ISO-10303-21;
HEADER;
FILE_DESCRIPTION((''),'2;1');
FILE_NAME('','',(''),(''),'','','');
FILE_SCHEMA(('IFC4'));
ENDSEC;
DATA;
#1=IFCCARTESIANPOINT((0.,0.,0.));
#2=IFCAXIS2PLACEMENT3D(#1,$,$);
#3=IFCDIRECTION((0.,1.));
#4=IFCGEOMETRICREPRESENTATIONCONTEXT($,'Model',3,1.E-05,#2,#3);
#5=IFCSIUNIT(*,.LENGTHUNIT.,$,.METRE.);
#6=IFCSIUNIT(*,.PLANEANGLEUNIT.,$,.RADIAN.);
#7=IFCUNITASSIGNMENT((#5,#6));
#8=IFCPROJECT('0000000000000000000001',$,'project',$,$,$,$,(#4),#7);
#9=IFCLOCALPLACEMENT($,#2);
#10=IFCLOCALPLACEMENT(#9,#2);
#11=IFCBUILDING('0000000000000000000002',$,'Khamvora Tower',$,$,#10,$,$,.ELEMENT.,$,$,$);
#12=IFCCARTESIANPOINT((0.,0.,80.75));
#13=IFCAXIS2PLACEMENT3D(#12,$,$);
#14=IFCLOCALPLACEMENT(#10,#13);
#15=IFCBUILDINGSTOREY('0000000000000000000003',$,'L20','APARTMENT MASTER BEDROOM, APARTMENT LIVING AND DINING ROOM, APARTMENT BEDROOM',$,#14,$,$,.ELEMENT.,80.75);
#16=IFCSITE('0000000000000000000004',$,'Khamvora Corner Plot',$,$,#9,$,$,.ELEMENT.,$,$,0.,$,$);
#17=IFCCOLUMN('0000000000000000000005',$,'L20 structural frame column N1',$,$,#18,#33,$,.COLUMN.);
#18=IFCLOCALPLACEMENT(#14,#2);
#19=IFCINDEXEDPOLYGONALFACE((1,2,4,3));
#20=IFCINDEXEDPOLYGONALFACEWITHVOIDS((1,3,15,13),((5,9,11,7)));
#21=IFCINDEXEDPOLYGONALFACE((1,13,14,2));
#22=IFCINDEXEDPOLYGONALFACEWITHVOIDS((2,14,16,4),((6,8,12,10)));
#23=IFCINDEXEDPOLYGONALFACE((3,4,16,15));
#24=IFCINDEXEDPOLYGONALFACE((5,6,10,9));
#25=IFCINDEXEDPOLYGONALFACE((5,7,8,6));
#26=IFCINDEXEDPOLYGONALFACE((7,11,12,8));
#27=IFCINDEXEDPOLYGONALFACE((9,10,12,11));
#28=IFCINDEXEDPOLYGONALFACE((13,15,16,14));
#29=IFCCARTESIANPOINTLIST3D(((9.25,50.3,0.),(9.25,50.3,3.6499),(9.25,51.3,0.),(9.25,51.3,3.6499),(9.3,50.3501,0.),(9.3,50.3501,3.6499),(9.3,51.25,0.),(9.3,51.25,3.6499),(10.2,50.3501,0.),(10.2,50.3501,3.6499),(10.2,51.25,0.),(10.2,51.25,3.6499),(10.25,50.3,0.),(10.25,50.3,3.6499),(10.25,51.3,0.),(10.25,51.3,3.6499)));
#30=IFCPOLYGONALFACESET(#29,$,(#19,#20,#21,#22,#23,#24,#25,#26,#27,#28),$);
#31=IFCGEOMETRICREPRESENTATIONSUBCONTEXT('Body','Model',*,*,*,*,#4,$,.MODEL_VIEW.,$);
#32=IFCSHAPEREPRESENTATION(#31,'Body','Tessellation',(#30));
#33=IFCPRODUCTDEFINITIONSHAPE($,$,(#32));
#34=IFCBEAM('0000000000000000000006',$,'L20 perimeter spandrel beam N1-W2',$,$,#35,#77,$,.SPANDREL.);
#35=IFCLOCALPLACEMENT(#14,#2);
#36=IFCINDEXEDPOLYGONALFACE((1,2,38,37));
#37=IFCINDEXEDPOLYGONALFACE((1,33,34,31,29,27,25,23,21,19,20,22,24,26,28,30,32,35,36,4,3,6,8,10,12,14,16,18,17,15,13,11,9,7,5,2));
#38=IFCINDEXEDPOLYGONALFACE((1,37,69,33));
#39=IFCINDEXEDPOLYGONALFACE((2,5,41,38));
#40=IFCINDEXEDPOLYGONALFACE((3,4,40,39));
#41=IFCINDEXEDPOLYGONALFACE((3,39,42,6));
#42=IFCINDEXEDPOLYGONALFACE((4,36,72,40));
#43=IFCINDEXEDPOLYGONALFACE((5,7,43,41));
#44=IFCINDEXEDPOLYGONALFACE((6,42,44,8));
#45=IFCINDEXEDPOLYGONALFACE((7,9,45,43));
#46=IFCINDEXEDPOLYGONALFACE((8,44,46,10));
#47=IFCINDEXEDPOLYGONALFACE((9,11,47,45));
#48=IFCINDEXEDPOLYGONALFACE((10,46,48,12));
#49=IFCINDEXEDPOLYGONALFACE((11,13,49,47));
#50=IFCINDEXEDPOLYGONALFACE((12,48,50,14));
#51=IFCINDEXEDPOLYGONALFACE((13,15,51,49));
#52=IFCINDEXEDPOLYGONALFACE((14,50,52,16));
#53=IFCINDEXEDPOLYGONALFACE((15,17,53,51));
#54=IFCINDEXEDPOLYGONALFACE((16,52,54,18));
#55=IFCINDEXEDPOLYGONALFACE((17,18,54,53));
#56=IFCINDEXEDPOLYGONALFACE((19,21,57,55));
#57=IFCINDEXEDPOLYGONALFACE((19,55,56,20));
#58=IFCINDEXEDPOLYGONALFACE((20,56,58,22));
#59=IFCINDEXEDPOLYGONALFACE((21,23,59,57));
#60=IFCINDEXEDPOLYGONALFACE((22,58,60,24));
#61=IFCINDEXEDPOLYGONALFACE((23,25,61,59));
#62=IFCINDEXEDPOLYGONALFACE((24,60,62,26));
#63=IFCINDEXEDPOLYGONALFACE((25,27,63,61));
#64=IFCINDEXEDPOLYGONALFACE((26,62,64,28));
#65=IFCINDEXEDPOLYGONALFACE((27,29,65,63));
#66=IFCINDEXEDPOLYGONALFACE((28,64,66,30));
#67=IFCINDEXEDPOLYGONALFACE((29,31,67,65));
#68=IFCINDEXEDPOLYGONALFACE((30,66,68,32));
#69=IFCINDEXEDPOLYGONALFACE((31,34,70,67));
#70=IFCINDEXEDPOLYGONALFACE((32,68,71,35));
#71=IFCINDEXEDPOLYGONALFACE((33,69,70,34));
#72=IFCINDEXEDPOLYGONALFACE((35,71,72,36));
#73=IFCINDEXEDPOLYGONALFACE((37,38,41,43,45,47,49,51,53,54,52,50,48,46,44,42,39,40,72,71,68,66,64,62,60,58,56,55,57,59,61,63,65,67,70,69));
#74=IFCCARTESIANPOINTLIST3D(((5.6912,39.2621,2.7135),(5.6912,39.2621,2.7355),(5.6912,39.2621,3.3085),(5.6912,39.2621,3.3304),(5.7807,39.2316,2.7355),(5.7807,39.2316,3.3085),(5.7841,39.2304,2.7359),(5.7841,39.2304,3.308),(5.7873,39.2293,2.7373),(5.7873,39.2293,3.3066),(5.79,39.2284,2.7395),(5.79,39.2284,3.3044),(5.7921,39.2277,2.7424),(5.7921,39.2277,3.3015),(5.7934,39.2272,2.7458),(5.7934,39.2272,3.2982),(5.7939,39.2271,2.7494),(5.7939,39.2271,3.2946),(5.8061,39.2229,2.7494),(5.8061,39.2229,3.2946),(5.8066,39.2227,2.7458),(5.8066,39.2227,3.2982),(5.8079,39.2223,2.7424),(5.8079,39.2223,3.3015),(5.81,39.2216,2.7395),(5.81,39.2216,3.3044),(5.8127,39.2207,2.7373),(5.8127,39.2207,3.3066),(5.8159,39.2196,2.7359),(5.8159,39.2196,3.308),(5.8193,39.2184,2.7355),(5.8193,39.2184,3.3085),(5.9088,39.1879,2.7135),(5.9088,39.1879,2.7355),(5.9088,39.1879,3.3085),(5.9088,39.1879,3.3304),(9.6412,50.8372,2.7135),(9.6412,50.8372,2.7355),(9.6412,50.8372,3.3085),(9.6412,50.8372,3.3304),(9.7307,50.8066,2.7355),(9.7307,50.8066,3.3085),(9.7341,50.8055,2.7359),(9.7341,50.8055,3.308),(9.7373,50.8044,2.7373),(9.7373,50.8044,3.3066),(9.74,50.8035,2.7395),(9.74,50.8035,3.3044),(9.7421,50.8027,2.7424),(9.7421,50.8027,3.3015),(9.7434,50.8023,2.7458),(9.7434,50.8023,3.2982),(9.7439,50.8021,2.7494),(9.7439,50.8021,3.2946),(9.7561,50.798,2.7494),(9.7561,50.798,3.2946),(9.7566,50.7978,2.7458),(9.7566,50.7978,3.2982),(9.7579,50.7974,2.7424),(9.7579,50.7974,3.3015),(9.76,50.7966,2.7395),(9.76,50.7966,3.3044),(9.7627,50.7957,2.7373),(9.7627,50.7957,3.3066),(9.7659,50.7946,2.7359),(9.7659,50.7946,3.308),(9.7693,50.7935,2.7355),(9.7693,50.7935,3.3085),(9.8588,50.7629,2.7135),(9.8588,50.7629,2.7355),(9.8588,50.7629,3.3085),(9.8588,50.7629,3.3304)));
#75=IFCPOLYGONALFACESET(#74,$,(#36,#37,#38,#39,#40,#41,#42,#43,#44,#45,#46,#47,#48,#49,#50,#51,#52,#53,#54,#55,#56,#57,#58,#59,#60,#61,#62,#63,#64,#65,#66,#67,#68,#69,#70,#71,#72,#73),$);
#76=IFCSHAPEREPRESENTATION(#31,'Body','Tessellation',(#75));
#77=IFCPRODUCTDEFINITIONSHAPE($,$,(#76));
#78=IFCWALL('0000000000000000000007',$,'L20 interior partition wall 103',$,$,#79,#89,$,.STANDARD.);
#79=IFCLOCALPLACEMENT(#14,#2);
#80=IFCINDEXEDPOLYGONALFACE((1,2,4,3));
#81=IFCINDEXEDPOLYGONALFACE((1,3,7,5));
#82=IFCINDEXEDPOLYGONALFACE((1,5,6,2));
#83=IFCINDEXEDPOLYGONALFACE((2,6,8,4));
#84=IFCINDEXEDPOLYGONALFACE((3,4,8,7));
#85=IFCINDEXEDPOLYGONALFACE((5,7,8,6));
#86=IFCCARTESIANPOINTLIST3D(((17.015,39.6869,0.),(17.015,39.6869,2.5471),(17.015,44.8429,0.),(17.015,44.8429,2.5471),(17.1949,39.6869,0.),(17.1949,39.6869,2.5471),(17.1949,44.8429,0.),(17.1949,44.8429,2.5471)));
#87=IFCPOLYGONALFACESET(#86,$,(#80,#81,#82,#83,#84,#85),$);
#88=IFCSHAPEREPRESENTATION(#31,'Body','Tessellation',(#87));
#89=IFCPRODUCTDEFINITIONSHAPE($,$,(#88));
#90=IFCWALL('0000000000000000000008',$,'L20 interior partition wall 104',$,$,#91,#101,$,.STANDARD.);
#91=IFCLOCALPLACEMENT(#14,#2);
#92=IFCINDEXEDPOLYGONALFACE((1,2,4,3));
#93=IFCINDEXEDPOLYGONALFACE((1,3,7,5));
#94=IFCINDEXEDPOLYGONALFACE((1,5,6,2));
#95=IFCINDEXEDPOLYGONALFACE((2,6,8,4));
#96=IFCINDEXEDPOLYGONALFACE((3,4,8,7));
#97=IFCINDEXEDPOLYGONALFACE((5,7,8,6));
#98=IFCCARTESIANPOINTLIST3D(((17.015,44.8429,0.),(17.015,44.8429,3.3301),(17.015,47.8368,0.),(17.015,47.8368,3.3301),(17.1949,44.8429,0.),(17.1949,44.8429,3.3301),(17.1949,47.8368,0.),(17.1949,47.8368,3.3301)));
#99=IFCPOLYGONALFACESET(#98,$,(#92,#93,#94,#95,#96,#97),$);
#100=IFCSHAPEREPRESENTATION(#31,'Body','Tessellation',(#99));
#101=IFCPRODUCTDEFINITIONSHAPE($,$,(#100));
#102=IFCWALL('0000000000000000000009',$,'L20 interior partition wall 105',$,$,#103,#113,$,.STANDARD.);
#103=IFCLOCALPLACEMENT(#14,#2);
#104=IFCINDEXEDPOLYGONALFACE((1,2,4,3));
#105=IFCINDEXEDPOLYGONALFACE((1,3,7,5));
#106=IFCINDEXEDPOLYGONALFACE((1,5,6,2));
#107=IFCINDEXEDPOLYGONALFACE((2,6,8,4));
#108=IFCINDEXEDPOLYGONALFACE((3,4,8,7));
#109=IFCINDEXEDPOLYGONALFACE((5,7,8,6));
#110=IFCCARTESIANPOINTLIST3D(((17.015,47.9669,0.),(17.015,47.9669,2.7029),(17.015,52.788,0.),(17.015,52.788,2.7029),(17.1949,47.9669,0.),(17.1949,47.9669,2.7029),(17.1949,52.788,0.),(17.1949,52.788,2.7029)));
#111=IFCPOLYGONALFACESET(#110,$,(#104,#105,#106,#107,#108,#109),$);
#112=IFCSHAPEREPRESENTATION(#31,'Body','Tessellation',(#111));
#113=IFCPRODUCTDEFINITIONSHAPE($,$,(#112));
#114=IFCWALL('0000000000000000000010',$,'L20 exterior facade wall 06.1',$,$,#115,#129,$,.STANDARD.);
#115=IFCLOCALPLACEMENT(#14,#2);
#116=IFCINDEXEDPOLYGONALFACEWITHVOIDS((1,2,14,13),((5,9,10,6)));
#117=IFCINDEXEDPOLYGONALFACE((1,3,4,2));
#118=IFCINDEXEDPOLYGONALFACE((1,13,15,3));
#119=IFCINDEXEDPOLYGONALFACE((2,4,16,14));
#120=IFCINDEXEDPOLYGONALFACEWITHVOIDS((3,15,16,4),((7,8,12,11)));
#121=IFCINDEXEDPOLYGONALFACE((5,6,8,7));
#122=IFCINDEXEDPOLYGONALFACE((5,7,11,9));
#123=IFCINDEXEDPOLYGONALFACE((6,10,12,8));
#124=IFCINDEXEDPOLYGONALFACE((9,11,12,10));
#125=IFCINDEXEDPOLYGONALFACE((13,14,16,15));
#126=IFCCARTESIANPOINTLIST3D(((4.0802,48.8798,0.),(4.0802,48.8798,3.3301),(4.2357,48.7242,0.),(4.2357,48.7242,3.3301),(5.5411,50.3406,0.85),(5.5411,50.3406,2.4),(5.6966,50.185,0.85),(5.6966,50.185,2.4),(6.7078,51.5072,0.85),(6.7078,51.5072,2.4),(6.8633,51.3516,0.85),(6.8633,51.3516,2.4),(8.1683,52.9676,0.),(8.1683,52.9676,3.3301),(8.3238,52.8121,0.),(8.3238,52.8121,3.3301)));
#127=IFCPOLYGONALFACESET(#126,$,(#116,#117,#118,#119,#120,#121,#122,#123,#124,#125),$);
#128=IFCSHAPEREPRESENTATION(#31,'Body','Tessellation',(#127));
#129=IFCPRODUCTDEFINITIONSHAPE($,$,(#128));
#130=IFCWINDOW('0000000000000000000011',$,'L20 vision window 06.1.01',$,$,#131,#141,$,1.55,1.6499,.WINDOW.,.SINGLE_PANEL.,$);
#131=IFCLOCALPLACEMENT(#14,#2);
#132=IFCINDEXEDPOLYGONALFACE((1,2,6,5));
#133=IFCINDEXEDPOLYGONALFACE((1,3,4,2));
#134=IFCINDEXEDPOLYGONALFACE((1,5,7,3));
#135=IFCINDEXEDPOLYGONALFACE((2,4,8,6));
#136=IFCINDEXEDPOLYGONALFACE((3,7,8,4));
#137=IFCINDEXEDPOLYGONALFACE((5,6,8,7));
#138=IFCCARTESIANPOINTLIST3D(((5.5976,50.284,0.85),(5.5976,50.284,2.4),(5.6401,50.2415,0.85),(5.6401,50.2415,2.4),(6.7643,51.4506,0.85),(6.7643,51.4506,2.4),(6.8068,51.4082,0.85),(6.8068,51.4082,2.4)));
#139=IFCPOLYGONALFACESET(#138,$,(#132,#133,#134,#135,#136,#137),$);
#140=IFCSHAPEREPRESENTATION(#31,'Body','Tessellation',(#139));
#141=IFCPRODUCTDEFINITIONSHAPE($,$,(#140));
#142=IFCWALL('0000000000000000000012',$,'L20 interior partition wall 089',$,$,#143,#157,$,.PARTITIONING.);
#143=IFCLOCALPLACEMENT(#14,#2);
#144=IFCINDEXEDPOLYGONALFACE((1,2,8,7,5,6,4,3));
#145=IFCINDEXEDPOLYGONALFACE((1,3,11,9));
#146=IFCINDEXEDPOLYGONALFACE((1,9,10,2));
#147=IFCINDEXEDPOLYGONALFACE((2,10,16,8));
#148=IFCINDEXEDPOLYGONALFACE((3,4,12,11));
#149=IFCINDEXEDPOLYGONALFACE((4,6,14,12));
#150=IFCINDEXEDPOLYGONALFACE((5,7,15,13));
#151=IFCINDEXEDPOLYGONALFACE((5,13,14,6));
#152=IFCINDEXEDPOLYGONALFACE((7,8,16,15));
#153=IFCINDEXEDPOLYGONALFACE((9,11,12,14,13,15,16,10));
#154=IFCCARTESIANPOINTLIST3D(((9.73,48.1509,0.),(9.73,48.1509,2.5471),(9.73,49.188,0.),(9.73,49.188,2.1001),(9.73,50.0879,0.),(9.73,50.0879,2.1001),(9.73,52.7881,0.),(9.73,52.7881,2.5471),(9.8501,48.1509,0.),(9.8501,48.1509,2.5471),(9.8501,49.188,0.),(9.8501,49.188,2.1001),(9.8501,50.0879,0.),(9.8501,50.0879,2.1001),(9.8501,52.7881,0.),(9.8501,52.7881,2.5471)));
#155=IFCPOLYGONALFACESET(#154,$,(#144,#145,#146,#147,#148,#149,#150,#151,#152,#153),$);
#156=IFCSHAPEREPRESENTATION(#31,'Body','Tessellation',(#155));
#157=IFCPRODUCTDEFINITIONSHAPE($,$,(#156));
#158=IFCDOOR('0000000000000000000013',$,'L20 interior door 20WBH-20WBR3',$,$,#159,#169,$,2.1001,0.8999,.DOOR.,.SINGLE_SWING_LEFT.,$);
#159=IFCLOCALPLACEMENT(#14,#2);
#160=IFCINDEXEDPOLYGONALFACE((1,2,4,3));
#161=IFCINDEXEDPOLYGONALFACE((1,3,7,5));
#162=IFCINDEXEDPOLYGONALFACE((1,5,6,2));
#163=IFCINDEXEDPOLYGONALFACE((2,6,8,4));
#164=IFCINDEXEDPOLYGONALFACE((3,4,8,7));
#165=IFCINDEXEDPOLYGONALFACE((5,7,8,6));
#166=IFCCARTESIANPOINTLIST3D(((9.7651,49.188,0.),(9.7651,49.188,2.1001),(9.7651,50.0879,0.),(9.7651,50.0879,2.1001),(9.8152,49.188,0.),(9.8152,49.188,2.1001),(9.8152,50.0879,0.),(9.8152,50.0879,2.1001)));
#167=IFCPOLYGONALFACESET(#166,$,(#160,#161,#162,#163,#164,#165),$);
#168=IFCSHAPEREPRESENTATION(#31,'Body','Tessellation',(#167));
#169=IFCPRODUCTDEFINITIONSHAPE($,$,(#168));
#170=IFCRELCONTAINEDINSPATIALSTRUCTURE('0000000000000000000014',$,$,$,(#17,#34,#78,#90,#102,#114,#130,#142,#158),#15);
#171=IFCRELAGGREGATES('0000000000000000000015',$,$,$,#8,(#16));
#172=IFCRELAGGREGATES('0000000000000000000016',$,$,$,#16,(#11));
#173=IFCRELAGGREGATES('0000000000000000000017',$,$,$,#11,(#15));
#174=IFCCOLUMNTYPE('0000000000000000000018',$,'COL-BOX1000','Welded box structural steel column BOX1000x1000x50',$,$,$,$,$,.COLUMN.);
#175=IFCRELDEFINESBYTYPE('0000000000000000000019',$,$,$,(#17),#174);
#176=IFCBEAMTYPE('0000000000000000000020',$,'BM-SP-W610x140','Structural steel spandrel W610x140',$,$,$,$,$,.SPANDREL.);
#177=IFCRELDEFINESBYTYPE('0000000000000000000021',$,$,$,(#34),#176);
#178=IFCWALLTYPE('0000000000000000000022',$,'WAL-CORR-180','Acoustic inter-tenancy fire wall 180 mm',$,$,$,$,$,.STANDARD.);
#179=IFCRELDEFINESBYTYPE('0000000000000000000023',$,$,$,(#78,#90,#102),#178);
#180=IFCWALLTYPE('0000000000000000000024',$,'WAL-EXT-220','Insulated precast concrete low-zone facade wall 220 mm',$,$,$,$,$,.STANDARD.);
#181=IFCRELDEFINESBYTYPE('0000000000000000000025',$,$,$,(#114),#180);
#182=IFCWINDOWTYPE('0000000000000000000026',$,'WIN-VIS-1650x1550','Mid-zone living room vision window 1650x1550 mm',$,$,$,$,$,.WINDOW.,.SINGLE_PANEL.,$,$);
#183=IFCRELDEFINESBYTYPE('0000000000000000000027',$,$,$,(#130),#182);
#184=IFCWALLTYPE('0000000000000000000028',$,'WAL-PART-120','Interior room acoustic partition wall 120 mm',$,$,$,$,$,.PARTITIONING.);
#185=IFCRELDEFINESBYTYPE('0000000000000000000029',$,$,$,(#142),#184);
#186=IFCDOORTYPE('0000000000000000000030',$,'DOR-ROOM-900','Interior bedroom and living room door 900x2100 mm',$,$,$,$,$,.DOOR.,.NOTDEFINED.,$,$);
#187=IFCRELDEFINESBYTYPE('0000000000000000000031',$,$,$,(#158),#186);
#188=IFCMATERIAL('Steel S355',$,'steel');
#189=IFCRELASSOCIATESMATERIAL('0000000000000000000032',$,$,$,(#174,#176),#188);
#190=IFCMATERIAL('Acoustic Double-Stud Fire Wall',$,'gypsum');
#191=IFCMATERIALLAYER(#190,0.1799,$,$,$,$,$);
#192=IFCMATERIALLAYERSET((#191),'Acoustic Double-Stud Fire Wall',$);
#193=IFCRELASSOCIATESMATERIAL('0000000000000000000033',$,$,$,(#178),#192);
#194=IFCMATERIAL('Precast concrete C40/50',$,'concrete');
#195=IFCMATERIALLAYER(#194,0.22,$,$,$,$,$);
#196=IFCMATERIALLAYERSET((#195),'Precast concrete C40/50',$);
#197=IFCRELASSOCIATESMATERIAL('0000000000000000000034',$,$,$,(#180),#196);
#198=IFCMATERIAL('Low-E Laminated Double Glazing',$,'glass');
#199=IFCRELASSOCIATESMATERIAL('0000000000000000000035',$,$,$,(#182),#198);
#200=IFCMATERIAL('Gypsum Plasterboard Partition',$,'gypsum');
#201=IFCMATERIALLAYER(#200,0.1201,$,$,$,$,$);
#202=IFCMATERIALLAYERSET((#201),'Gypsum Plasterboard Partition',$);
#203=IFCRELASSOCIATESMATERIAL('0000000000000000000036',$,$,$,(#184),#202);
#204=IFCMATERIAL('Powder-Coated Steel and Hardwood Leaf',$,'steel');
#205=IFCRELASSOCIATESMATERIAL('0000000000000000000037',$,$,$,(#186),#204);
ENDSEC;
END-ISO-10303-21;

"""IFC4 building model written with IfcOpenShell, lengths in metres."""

from ifc_helpers import new_model, si_unit, direction, frame, frame_2d, origin, origin_2d, place, context, subcontext, project, spatial, rectangle, hollow_rectangle, i_section, extrude, material, layer, layer_set, material_profile, profile_set, type_object, element, fill, save


model = new_model("IFC4")

# Units and contexts
model_context = context("Model", 3, precision=1e-05, world=origin(), true_north=direction((0.0, 1.0)))
body_context = subcontext(model_context, "Body", "Model", "MODEL_VIEW")
ifc_project = project(units=[si_unit("LENGTHUNIT", "METRE"), si_unit("PLANEANGLEUNIT", "RADIAN")], contexts=[model_context])

# Site, building, storey
site_placement = place(None, origin())
site = spatial("IfcSite", under=ifc_project, at=site_placement, Name="Khamvora Corner Plot", CompositionType="ELEMENT", RefElevation=0.0)
building_placement = place(site_placement, origin())
building = spatial("IfcBuilding", under=site, at=building_placement, Name="Khamvora Tower", CompositionType="ELEMENT")
storey_placement = place(building_placement, frame((0.0, 0.0, 80.75)))
storey = spatial("IfcBuildingStorey", under=building, at=storey_placement, Name="L20", Description="APARTMENT MASTER BEDROOM, APARTMENT LIVING AND DINING ROOM, APARTMENT BEDROOM", CompositionType="ELEMENT", Elevation=80.75)

# Column
ifc_material_1 = material(Name="Steel S355", Category="steel")
ifc_material_profile_1 = material_profile(ifc_material_1, hollow_rectangle(XDim=1.0, YDim=1.0, WallThickness=0.05, at=origin_2d()), Name="BOX1000x1000x50")
ifc_profile_set_1 = profile_set([ifc_material_profile_1], Name="Steel S355")
column_type = type_object("IfcColumnType", Name="COL-BOX1000", Description="Welded box structural steel column BOX1000x1000x50", PredefinedType="COLUMN", material=ifc_profile_set_1)
column_placement = place(storey_placement, frame((9.75, 50.8, 0.0), z_axis=(0.0, 0.0, 1.0), x_axis=(1.0, 0.0, 0.0)))
element("IfcColumn", 1, at=column_placement, inside=storey, type_object=column_type, Name="L20 structural frame column N1", PredefinedType="COLUMN", context=body_context, shape_type="SweptSolid", body=[
    extrude(hollow_rectangle(XDim=1.0, YDim=1.0, WallThickness=0.05, at=origin_2d()), origin(), (0.0, 0.0, 1.0), 3.6499),
])

# Beam
ifc_material_profile_2 = material_profile(ifc_material_1, i_section(OverallWidth=0.23, OverallDepth=0.6169, WebThickness=0.0129, FlangeThickness=0.022, FilletRadius=0.0139, at=origin_2d()), Name="W610x140")
ifc_profile_set_2 = profile_set([ifc_material_profile_2], Name="Steel S355")
beam_type = type_object("IfcBeamType", Name="BM-SP-W610x140", Description="Structural steel spandrel W610x140", PredefinedType="SPANDREL", material=ifc_profile_set_2)
beam_placement = place(storey_placement, frame((9.75, 50.8, 3.022), z_axis=(-0.322963, -0.946412, 0.0), x_axis=(0.946412, -0.322963, 0.0)))
element("IfcBeam", 2, at=beam_placement, inside=storey, type_object=beam_type, Name="L20 perimeter spandrel beam N1-W2", PredefinedType="SPANDREL", context=body_context, shape_type="SweptSolid", body=[
    extrude(i_section(OverallWidth=0.23, OverallDepth=0.6169, WebThickness=0.0129, FlangeThickness=0.022, FilletRadius=0.0139, at=origin_2d()), origin(), (0.0, 0.0, 1.0), 12.2305),
])

# Walls
ifc_material_2 = material(Name="Acoustic Double-Stud Fire Wall", Category="gypsum")
ifc_layer_1 = layer(ifc_material_2, 0.1799)
ifc_layer_set_1 = layer_set([ifc_layer_1], Name="Acoustic Double-Stud Fire Wall")
wall_type_1 = type_object("IfcWallType", Name="WAL-CORR-180", Description="Acoustic inter-tenancy fire wall 180 mm", PredefinedType="STANDARD", material=ifc_layer_set_1)
wall_1_placement = place(storey_placement, frame((17.105, 44.843, 0.0), z_axis=(0.0, 0.0, 1.0), x_axis=(0.0, -1.0, 0.0)))
element("IfcWall", 3, at=wall_1_placement, inside=storey, type_object=wall_type_1, Name="L20 interior partition wall 103", PredefinedType="STANDARD", context=body_context, shape_type="SweptSolid", body=[
    extrude(rectangle(XDim=5.156, YDim=0.1799, at=frame_2d((2.5781, 0.0))), origin(), (0.0, 0.0, 1.0), 2.5471),
])
wall_2_placement = place(storey_placement, frame((17.105, 47.8369, 0.0), z_axis=(0.0, 0.0, 1.0), x_axis=(0.0, -1.0, 0.0)))
element("IfcWall", 4, at=wall_2_placement, inside=storey, type_object=wall_type_1, Name="L20 interior partition wall 104", PredefinedType="STANDARD", context=body_context, shape_type="SweptSolid", body=[
    extrude(rectangle(XDim=2.9939, YDim=0.1799, at=frame_2d((1.4971, 0.0))), origin(), (0.0, 0.0, 1.0), 3.3301),
])
wall_3_placement = place(storey_placement, frame((17.105, 52.7881, 0.0), z_axis=(0.0, 0.0, 1.0), x_axis=(0.0, -1.0, 0.0)))
element("IfcWall", 5, at=wall_3_placement, inside=storey, type_object=wall_type_1, Name="L20 interior partition wall 105", PredefinedType="STANDARD", context=body_context, shape_type="SweptSolid", body=[
    extrude(rectangle(XDim=4.821, YDim=0.1799, at=frame_2d((2.4106, 0.0))), origin(), (0.0, 0.0, 1.0), 2.7029),
])

# Wall, opening, window
ifc_material_3 = material(Name="Precast concrete C40/50", Category="concrete")
ifc_layer_2 = layer(ifc_material_3, 0.22)
ifc_layer_set_2 = layer_set([ifc_layer_2], Name="Precast concrete C40/50")
wall_type_2 = type_object("IfcWallType", Name="WAL-EXT-220", Description="Insulated precast concrete low-zone facade wall 220 mm", PredefinedType="STANDARD", material=ifc_layer_set_2)
wall_4_placement = place(storey_placement, frame((4.158, 48.802, 0.0), z_axis=(0.0, 0.0, 1.0), x_axis=(0.707128, 0.707086, 0.0)))
wall_4 = element("IfcWall", 6, at=wall_4_placement, inside=storey, type_object=wall_type_2, Name="L20 exterior facade wall 06.1", PredefinedType="STANDARD", context=body_context, shape_type="SweptSolid", body=[
    extrude(rectangle(XDim=5.7812, YDim=0.22, at=frame_2d((2.8906, 0.0))), origin(), (0.0, 0.0, 1.0), 3.3301),
])
opening_1_placement = place(wall_4_placement, frame((2.0659, 0.0, 0.8501)))
opening_1 = element("IfcOpeningElement", 7, at=opening_1_placement, cuts=wall_4, PredefinedType="OPENING", context=body_context, shape_type="SweptSolid", body=[
    extrude(rectangle(XDim=1.6499, YDim=1.55, at=frame_2d((0.825, 0.7749))), frame((0.0, 0.1199, 0.0), z_axis=(0.0, -1.0, 0.0), x_axis=(1.0, 0.0, 0.0)), (0.0, 0.0, 1.0), 0.24),
])
ifc_material_4 = material(Name="Low-E Laminated Double Glazing", Category="glass")
window_type_1 = type_object("IfcWindowType", Name="WIN-VIS-1650x1550", Description="Mid-zone living room vision window 1650x1550 mm", PartitioningType="SINGLE_PANEL", PredefinedType="WINDOW", material=ifc_material_4)
window_1_placement = place(opening_1_placement, origin())
window_1 = element("IfcWindow", 8, at=window_1_placement, inside=storey, type_object=window_type_1, Name="L20 vision window 06.1.01", OverallHeight=1.55, OverallWidth=1.6499, PartitioningType="SINGLE_PANEL", PredefinedType="WINDOW", context=body_context, shape_type="SweptSolid", body=[
    extrude(rectangle(XDim=1.6499, YDim=1.55, at=frame_2d((0.825, 0.7749))), frame((0.0, 0.03, 0.0), z_axis=(0.0, -1.0, 0.0), x_axis=(1.0, 0.0, 0.0)), (0.0, 0.0, 1.0), 0.0601),
])
fill(opening_1, window_1)

# Wall, opening, door
ifc_material_5 = material(Name="Gypsum Plasterboard Partition", Category="gypsum")
ifc_layer_3 = layer(ifc_material_5, 0.1201)
ifc_layer_set_3 = layer_set([ifc_layer_3], Name="Gypsum Plasterboard Partition")
wall_type_3 = type_object("IfcWallType", Name="WAL-PART-120", Description="Interior room acoustic partition wall 120 mm", PredefinedType="PARTITIONING", material=ifc_layer_set_3)
wall_5_placement = place(storey_placement, frame((9.79, 48.1509, 0.0), z_axis=(0.0, 0.0, 1.0), x_axis=(0.0, 1.0, 0.0)))
wall_5 = element("IfcWall", 9, at=wall_5_placement, inside=storey, type_object=wall_type_3, Name="L20 interior partition wall 089", PredefinedType="PARTITIONING", context=body_context, shape_type="SweptSolid", body=[
    extrude(rectangle(XDim=4.6372, YDim=0.1201, at=frame_2d((2.3186, 0.0))), origin(), (0.0, 0.0, 1.0), 2.5471),
])
opening_2_placement = place(wall_5_placement, frame((1.0371, 0.0, 0.0)))
opening_2 = element("IfcOpeningElement", 10, at=opening_2_placement, cuts=wall_5, PredefinedType="OPENING", context=body_context, shape_type="SweptSolid", body=[
    extrude(rectangle(XDim=0.8999, YDim=2.1001, at=frame_2d((0.45, 1.05))), frame((0.0, 0.0701, 0.0), z_axis=(0.0, -1.0, 0.0), x_axis=(1.0, 0.0, 0.0)), (0.0, 0.0, 1.0), 0.1401),
])
ifc_material_6 = material(Name="Powder-Coated Steel and Hardwood Leaf", Category="steel")
door_type = type_object("IfcDoorType", Name="DOR-ROOM-900", Description="Interior bedroom and living room door 900x2100 mm", OperationType="NOTDEFINED", PredefinedType="DOOR", material=ifc_material_6)
door_1_placement = place(opening_2_placement, origin())
door_1 = element("IfcDoor", 11, at=door_1_placement, inside=storey, type_object=door_type, Name="L20 interior door 20WBH-20WBR3", OperationType="SINGLE_SWING_LEFT", OverallHeight=2.1001, OverallWidth=0.8999, PredefinedType="DOOR", context=body_context, shape_type="SweptSolid", body=[
    extrude(rectangle(XDim=0.8999, YDim=2.1001, at=frame_2d((0.45, 1.05))), frame((0.0, 0.0249, 0.0), z_axis=(0.0, -1.0, 0.0), x_axis=(1.0, 0.0, 0.0)), (0.0, 0.0, 1.0), 0.05),
])
fill(opening_2, door_1)

save(model, "model.ifc")
